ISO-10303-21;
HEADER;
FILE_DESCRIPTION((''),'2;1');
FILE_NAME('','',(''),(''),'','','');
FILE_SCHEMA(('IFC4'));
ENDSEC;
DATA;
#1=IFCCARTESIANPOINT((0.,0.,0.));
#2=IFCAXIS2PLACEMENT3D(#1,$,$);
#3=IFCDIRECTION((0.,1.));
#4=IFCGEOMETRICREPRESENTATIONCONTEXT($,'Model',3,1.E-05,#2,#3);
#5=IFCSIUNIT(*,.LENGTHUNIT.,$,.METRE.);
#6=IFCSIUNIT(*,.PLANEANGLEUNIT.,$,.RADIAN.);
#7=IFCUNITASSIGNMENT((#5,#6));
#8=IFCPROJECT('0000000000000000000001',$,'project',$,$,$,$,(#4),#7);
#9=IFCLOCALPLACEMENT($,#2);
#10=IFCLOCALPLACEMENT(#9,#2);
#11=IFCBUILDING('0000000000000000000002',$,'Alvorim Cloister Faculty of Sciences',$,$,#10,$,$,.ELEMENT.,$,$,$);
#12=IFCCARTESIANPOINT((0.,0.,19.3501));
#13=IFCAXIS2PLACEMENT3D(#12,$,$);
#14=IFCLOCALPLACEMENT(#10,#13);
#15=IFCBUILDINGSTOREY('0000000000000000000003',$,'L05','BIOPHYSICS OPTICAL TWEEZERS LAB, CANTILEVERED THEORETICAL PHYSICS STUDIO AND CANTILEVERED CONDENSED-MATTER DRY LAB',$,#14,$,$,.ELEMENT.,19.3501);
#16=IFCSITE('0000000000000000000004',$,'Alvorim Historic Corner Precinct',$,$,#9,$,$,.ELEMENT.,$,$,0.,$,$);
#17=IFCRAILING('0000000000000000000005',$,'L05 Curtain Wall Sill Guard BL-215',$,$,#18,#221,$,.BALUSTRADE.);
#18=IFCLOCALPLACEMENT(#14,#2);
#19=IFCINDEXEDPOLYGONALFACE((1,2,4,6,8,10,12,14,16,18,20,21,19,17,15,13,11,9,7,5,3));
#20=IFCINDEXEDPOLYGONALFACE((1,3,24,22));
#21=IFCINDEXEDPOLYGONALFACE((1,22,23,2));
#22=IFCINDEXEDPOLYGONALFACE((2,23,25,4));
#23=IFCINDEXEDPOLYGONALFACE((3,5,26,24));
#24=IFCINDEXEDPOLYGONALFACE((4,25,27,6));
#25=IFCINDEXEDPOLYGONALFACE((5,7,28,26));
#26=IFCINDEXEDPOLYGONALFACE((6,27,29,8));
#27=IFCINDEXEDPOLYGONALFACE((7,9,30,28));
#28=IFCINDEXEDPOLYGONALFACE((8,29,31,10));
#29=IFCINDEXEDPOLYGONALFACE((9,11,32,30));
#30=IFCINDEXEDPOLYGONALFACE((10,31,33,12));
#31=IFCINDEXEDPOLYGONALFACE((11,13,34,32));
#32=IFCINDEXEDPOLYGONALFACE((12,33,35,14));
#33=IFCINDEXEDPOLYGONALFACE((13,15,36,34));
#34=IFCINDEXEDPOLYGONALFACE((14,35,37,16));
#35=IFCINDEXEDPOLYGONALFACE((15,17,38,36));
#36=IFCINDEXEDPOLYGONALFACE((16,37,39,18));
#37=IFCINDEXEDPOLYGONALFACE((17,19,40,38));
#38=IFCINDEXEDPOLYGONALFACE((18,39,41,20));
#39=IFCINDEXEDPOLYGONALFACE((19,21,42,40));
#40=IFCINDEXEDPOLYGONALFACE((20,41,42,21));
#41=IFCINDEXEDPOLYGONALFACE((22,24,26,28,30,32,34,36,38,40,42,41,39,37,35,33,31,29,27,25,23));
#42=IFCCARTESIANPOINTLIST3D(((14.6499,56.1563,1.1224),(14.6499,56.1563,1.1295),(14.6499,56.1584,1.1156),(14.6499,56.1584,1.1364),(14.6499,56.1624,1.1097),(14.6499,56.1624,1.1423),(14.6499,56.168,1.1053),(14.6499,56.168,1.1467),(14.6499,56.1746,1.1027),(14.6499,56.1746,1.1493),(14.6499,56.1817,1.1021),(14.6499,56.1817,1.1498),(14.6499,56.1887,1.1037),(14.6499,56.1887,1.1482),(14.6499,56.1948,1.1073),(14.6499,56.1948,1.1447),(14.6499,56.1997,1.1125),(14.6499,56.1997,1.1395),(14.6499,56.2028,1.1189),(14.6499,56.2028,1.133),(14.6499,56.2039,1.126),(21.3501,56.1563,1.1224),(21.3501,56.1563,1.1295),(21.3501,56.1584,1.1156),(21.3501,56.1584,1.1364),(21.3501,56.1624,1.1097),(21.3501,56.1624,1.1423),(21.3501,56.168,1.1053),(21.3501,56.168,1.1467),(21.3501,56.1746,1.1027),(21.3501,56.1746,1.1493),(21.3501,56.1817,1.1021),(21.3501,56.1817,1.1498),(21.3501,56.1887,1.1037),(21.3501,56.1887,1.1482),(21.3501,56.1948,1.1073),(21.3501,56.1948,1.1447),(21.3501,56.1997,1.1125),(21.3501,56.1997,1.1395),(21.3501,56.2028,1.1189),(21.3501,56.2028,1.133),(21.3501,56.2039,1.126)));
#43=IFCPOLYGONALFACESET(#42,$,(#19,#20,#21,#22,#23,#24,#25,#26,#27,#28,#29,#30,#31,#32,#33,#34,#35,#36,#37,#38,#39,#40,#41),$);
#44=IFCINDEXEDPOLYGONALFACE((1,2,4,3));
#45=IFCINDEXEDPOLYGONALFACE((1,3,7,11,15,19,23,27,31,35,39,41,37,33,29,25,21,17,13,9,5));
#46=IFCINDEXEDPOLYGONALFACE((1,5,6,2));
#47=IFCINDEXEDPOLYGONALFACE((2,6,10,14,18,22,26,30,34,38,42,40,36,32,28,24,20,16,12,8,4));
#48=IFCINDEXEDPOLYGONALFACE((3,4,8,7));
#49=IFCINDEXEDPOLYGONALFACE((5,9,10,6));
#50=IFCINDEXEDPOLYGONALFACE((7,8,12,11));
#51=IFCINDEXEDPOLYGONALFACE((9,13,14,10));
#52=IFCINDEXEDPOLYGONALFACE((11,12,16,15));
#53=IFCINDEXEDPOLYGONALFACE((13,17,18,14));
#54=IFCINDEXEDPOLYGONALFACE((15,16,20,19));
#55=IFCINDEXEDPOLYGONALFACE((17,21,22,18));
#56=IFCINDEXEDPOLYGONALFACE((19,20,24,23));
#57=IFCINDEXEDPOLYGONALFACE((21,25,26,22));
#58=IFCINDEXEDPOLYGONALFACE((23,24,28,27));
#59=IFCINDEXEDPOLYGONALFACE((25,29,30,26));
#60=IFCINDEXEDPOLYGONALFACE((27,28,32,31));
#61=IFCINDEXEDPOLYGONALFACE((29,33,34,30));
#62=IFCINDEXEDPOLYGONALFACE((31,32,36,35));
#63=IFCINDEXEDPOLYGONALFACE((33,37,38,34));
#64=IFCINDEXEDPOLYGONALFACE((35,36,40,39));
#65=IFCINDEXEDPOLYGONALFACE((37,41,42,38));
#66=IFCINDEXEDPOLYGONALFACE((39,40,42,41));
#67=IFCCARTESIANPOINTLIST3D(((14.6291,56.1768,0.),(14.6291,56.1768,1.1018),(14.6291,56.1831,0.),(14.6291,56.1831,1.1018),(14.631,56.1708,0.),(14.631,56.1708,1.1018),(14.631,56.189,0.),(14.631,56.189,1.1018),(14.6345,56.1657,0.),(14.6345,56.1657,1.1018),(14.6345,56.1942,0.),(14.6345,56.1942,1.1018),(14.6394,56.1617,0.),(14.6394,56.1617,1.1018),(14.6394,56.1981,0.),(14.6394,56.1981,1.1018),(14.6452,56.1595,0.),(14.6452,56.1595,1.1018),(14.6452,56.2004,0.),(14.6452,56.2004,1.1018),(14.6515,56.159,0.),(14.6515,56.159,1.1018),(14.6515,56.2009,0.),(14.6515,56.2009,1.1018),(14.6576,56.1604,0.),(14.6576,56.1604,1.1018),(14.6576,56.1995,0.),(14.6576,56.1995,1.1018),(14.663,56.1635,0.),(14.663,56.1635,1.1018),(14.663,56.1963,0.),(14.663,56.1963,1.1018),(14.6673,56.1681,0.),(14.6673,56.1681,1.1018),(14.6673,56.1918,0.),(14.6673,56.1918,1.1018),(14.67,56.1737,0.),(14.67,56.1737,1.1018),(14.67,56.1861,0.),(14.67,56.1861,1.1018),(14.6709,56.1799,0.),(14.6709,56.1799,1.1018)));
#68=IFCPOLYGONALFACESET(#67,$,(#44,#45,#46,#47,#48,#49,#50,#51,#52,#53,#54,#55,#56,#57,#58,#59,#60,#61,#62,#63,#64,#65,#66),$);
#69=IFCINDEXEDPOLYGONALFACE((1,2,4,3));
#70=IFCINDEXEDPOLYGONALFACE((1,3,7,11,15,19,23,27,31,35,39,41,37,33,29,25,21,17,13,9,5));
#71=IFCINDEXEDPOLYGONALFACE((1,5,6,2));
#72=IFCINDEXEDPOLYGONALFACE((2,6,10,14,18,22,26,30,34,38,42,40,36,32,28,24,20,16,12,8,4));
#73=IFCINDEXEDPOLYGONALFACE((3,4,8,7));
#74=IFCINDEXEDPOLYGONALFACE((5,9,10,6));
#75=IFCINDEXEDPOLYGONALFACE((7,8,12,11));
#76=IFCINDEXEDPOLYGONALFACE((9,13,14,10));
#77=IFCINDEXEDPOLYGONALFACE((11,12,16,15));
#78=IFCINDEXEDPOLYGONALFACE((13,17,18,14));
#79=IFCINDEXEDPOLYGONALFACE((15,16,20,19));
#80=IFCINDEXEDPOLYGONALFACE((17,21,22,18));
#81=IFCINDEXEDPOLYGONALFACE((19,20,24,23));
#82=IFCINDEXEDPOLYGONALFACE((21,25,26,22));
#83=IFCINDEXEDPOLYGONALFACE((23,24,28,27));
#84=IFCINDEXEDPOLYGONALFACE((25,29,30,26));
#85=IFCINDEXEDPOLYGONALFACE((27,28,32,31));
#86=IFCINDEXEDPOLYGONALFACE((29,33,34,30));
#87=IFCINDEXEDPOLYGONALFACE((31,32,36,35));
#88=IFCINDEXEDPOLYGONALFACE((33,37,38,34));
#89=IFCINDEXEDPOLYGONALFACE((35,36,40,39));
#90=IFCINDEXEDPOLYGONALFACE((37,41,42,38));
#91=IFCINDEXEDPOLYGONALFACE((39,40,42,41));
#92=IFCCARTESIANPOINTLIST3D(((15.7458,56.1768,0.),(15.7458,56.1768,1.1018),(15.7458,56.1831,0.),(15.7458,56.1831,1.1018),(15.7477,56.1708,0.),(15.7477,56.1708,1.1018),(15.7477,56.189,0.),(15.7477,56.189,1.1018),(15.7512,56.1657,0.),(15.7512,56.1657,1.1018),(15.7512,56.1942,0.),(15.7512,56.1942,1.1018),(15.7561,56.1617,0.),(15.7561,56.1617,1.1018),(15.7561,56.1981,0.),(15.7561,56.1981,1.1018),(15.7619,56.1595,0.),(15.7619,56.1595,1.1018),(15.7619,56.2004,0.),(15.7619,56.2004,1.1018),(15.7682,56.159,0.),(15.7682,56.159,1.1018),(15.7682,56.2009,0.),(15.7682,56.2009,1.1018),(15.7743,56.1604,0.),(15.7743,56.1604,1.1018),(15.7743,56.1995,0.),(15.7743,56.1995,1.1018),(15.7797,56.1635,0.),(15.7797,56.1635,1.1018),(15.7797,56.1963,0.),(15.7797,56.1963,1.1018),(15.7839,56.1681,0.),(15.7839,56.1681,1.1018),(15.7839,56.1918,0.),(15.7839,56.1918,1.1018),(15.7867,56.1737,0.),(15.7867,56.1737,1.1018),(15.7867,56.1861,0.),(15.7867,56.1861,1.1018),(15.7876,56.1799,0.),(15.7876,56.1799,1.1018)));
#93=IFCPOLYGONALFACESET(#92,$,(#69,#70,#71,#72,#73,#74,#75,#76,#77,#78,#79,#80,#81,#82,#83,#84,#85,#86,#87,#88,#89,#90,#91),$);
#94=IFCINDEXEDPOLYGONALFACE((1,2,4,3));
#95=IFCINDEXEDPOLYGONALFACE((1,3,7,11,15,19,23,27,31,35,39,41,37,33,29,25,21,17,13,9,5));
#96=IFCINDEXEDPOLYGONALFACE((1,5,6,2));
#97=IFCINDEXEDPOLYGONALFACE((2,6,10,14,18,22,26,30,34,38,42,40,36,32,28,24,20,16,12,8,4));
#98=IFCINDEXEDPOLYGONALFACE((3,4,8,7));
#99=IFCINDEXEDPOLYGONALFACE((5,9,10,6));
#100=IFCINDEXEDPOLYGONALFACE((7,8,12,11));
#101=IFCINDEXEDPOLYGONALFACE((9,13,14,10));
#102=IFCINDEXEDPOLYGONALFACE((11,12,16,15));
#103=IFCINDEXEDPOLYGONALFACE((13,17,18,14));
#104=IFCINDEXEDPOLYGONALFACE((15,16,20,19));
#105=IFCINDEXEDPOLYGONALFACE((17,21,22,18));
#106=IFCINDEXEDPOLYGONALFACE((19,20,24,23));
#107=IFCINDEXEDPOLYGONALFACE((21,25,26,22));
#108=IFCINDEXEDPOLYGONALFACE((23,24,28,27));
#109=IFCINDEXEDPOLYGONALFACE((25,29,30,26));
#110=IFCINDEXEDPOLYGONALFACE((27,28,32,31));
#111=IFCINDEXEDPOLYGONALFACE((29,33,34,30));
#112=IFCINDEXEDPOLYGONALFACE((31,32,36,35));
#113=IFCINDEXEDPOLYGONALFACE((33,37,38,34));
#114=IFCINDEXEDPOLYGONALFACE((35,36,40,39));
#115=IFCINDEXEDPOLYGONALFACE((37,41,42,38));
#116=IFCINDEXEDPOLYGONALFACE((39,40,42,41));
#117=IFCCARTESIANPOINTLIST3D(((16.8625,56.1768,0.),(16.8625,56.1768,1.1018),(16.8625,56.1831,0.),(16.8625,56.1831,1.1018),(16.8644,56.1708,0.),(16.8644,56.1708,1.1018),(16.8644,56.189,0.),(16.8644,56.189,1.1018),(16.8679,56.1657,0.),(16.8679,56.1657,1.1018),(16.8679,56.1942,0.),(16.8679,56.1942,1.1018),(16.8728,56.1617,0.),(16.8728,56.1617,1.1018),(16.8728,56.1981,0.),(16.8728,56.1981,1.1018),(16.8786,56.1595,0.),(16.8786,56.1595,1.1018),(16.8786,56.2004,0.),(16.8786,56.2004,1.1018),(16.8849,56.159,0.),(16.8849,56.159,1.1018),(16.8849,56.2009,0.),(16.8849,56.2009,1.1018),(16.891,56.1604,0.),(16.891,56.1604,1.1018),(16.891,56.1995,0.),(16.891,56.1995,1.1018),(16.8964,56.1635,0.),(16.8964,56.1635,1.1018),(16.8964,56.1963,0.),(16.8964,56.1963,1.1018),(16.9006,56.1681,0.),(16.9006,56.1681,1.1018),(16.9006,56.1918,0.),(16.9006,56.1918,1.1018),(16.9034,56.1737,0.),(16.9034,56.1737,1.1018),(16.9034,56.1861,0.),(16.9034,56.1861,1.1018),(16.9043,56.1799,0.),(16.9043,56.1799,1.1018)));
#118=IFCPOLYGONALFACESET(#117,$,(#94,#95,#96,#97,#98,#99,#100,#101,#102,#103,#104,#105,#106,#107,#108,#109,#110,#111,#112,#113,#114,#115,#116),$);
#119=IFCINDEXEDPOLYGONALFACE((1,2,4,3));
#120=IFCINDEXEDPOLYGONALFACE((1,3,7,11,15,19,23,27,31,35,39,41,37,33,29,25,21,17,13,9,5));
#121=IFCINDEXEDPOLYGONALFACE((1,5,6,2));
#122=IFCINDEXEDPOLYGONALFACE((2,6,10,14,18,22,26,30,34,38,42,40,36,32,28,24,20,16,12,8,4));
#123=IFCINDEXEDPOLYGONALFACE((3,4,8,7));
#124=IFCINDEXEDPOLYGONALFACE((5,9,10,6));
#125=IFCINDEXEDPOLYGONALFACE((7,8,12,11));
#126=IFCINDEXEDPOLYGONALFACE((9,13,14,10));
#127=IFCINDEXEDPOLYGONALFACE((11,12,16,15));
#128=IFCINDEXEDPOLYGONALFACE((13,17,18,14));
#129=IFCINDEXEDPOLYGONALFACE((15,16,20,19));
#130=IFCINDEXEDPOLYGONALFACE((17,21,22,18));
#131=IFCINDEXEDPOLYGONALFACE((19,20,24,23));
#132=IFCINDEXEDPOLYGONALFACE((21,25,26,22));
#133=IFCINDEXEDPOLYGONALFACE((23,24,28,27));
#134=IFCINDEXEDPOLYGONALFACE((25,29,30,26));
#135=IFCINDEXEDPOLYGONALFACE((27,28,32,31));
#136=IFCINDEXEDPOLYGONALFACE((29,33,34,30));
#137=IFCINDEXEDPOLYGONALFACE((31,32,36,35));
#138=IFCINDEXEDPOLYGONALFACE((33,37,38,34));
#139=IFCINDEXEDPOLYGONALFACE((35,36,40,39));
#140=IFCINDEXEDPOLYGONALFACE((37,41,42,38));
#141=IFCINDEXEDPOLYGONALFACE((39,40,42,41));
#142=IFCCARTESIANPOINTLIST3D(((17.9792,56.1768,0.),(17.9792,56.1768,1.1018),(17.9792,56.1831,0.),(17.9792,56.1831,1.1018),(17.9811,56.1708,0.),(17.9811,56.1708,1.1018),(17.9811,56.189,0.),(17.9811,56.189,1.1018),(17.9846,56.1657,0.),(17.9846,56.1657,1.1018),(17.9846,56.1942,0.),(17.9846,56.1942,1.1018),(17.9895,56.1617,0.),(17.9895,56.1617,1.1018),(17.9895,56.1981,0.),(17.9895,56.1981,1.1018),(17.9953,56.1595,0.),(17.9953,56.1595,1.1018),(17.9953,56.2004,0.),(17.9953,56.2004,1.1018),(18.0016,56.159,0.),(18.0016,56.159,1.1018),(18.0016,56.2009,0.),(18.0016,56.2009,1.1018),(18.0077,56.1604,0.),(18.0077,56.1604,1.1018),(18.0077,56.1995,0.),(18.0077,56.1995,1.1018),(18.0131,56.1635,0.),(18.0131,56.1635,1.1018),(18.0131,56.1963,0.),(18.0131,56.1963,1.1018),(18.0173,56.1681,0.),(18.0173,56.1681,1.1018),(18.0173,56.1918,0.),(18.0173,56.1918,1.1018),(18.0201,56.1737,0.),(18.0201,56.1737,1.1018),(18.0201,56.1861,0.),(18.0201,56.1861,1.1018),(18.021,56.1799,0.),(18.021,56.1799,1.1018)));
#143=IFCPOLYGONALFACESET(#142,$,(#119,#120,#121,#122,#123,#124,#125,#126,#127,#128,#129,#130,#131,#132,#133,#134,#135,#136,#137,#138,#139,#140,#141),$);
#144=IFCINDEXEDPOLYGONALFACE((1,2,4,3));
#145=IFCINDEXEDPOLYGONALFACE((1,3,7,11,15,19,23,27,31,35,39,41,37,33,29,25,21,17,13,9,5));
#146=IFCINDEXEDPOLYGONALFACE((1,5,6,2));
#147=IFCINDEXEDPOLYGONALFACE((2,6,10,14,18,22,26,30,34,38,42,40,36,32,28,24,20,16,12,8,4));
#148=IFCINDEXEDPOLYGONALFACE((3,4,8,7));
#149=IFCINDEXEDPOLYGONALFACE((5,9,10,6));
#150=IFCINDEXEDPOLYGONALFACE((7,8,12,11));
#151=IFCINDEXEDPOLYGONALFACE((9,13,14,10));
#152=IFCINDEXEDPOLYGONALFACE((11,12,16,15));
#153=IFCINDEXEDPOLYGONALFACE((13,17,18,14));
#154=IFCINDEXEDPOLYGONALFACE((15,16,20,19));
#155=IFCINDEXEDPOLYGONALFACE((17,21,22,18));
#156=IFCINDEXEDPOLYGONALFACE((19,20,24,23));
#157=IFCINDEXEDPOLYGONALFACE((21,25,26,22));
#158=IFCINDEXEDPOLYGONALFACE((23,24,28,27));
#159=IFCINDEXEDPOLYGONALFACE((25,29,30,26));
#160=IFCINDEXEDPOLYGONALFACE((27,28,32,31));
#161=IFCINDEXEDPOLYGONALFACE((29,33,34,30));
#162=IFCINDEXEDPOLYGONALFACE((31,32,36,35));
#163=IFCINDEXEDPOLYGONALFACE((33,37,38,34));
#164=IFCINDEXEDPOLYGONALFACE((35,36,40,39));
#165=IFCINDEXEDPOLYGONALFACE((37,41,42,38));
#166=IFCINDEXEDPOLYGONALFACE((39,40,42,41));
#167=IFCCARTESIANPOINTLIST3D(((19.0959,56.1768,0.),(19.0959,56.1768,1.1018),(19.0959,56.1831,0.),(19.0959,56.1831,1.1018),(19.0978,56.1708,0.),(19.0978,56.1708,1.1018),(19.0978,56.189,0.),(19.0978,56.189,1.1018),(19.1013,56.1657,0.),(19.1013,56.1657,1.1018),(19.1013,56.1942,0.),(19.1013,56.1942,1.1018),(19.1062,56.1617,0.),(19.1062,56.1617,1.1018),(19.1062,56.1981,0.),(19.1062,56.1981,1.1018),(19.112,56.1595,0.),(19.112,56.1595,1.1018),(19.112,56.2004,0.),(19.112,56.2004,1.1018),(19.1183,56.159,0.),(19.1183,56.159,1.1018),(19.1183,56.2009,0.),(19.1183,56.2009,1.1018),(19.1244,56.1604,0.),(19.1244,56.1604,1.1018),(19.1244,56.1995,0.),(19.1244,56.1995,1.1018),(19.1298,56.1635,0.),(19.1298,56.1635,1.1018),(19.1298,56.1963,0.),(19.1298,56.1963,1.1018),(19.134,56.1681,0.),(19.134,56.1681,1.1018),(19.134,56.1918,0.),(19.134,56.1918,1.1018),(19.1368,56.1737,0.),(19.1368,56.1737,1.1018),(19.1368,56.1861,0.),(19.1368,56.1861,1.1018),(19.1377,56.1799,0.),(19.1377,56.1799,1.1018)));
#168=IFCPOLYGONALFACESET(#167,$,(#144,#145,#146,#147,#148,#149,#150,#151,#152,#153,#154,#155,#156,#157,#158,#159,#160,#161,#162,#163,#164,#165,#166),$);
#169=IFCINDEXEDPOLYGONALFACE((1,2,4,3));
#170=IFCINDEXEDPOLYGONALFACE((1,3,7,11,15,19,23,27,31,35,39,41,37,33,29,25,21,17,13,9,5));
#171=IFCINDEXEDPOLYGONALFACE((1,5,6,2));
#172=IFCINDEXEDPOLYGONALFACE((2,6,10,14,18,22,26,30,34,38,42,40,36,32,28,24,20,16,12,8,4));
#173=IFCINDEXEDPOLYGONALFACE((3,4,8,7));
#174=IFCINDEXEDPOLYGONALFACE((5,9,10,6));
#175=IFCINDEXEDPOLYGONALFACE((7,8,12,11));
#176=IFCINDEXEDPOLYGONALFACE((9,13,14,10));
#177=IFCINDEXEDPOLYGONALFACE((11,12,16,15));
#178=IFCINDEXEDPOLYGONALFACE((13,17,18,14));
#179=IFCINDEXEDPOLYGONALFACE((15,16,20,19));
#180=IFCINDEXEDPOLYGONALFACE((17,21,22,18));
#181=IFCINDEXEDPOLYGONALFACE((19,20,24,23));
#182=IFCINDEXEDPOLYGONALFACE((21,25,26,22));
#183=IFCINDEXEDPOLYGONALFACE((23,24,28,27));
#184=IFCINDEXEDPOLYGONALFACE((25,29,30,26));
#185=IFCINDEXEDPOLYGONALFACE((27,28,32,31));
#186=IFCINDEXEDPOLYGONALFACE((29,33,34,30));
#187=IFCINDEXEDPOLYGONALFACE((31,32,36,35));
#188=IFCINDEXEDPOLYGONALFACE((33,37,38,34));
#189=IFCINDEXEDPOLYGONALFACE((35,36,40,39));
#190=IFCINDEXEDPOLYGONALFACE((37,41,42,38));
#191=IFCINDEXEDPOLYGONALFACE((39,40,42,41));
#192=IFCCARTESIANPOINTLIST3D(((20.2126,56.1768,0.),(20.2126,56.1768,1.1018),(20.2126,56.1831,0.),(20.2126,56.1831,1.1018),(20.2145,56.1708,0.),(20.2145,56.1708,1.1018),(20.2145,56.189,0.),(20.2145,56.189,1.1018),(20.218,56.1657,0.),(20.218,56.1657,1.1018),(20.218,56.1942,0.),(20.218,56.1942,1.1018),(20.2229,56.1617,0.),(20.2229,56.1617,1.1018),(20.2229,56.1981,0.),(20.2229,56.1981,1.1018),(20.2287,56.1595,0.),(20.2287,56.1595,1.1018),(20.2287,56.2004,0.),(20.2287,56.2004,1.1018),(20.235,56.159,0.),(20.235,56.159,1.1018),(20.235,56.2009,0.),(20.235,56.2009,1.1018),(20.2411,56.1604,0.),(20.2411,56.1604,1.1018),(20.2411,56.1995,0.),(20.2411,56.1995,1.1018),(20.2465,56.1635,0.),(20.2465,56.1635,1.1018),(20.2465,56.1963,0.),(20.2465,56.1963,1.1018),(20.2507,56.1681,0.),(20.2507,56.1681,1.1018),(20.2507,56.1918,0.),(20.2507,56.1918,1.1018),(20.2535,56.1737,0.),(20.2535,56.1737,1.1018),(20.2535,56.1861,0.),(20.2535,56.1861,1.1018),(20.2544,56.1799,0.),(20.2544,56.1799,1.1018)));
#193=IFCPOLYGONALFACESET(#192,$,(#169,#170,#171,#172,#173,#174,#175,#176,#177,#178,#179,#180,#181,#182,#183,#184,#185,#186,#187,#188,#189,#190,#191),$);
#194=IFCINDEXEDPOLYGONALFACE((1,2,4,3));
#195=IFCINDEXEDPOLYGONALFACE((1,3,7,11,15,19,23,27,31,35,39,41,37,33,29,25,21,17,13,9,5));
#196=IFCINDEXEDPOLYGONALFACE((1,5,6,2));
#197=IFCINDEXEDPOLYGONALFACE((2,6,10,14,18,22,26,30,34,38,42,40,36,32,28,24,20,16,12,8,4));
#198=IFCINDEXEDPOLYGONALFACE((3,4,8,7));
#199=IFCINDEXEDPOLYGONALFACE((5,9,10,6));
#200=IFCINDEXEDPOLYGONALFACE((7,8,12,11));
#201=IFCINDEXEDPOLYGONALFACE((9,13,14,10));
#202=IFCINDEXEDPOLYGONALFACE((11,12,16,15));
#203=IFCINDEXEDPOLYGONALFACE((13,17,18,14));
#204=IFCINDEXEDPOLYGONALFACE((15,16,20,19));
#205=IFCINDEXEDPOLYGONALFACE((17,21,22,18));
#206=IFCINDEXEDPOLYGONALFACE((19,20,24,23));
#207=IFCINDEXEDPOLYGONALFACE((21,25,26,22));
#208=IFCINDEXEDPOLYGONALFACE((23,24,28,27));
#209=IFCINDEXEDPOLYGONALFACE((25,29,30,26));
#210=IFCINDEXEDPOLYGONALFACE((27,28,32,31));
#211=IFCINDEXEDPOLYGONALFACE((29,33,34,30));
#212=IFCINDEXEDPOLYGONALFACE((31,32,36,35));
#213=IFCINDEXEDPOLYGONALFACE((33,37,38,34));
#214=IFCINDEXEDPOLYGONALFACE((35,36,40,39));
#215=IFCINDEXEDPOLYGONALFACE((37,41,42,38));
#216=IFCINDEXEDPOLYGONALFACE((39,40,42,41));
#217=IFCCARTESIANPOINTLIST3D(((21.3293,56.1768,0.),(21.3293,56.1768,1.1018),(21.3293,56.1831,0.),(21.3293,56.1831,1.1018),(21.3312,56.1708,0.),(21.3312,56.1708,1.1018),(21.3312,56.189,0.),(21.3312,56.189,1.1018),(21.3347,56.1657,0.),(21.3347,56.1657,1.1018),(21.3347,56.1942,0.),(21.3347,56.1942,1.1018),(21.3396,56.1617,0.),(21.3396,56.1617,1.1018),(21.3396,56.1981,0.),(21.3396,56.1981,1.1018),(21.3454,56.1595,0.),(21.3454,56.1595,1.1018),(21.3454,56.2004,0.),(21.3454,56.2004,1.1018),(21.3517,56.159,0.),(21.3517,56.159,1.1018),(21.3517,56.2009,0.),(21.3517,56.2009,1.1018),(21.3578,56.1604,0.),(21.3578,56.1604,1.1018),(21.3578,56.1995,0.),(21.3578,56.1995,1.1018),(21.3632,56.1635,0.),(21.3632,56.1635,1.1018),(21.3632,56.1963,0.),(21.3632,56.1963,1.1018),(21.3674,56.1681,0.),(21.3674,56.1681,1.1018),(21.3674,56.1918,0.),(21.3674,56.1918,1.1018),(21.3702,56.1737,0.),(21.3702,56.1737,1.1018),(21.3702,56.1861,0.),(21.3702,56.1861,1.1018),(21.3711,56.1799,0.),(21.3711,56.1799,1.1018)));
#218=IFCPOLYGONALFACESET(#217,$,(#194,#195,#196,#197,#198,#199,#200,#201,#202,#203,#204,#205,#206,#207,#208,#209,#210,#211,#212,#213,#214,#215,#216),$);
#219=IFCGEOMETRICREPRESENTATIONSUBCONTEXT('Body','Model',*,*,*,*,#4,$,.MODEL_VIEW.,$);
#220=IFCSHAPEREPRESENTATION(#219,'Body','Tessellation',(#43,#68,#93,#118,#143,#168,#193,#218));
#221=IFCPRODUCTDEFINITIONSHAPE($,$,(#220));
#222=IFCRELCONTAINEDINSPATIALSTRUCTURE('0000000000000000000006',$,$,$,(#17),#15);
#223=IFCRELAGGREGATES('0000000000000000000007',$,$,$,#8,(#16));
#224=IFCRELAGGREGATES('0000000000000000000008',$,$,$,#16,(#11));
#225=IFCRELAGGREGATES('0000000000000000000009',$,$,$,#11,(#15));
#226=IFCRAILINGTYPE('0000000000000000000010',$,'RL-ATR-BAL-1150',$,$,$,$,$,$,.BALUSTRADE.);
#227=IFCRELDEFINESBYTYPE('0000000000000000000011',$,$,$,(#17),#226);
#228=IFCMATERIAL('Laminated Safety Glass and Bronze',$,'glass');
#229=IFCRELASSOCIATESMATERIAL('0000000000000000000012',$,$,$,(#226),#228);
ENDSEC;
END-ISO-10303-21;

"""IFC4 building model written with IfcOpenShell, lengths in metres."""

from ifc_helpers import new_model, si_unit, direction, frame, origin, origin_2d, place, context, subcontext, project, spatial, circle, extrude, material, type_object, element, save


model = new_model("IFC4")

# Units and contexts
model_context = context("Model", 3, precision=1e-05, world=origin(), true_north=direction((0.0, 1.0)))
body_context = subcontext(model_context, "Body", "Model", "MODEL_VIEW")
ifc_project = project(units=[si_unit("LENGTHUNIT", "METRE"), si_unit("PLANEANGLEUNIT", "RADIAN")], contexts=[model_context])

# Site, building, storey
site_placement = place(None, origin())
site = spatial("IfcSite", under=ifc_project, at=site_placement, Name="Alvorim Historic Corner Precinct", CompositionType="ELEMENT", RefElevation=0.0)
building_placement = place(site_placement, origin())
building = spatial("IfcBuilding", under=site, at=building_placement, Name="Alvorim Cloister Faculty of Sciences", CompositionType="ELEMENT")
storey_placement = place(building_placement, frame((0.0, 0.0, 19.3501)))
storey = spatial("IfcBuildingStorey", under=building, at=storey_placement, Name="L05", Description="BIOPHYSICS OPTICAL TWEEZERS LAB, CANTILEVERED THEORETICAL PHYSICS STUDIO AND CANTILEVERED CONDENSED-MATTER DRY LAB", CompositionType="ELEMENT", Elevation=19.3501)

# Railing
ifc_material_1 = material(Name="Laminated Safety Glass and Bronze", Category="glass")
railing_type = type_object("IfcRailingType", Name="RL-ATR-BAL-1150", PredefinedType="BALUSTRADE", material=ifc_material_1)
railing_1_placement = place(storey_placement, frame((14.6499, 56.1799, 0.0)))
element("IfcRailing", 1, at=railing_1_placement, inside=storey, type_object=railing_type, Name="L05 Curtain Wall Sill Guard BL-215", PredefinedType="BALUSTRADE", context=body_context, shape_type="SweptSolid", body=[
    extrude(circle(Radius=0.0239, at=origin_2d()), frame((0.0, 0.0, 1.126), z_axis=(1.0, 0.0, 0.0), x_axis=(0.0, 1.0, 0.0)), (0.0, 0.0, 1.0), 6.7002),
    extrude(circle(Radius=0.021, at=origin_2d()), origin(), (0.0, 0.0, 1.0), 1.1018),
    extrude(circle(Radius=0.021, at=origin_2d()), frame((1.1167, 0.0, 0.0)), (0.0, 0.0, 1.0), 1.1018),
    extrude(circle(Radius=0.021, at=origin_2d()), frame((2.2334, 0.0, 0.0)), (0.0, 0.0, 1.0), 1.1018),
    extrude(circle(Radius=0.021, at=origin_2d()), frame((3.3501, 0.0, 0.0)), (0.0, 0.0, 1.0), 1.1018),
    extrude(circle(Radius=0.021, at=origin_2d()), frame((4.4668, 0.0, 0.0)), (0.0, 0.0, 1.0), 1.1018),
    extrude(circle(Radius=0.021, at=origin_2d()), frame((5.5835, 0.0, 0.0)), (0.0, 0.0, 1.0), 1.1018),
    extrude(circle(Radius=0.021, at=origin_2d()), frame((6.7002, 0.0, 0.0)), (0.0, 0.0, 1.0), 1.1018),
])

save(model, "model.ifc")
